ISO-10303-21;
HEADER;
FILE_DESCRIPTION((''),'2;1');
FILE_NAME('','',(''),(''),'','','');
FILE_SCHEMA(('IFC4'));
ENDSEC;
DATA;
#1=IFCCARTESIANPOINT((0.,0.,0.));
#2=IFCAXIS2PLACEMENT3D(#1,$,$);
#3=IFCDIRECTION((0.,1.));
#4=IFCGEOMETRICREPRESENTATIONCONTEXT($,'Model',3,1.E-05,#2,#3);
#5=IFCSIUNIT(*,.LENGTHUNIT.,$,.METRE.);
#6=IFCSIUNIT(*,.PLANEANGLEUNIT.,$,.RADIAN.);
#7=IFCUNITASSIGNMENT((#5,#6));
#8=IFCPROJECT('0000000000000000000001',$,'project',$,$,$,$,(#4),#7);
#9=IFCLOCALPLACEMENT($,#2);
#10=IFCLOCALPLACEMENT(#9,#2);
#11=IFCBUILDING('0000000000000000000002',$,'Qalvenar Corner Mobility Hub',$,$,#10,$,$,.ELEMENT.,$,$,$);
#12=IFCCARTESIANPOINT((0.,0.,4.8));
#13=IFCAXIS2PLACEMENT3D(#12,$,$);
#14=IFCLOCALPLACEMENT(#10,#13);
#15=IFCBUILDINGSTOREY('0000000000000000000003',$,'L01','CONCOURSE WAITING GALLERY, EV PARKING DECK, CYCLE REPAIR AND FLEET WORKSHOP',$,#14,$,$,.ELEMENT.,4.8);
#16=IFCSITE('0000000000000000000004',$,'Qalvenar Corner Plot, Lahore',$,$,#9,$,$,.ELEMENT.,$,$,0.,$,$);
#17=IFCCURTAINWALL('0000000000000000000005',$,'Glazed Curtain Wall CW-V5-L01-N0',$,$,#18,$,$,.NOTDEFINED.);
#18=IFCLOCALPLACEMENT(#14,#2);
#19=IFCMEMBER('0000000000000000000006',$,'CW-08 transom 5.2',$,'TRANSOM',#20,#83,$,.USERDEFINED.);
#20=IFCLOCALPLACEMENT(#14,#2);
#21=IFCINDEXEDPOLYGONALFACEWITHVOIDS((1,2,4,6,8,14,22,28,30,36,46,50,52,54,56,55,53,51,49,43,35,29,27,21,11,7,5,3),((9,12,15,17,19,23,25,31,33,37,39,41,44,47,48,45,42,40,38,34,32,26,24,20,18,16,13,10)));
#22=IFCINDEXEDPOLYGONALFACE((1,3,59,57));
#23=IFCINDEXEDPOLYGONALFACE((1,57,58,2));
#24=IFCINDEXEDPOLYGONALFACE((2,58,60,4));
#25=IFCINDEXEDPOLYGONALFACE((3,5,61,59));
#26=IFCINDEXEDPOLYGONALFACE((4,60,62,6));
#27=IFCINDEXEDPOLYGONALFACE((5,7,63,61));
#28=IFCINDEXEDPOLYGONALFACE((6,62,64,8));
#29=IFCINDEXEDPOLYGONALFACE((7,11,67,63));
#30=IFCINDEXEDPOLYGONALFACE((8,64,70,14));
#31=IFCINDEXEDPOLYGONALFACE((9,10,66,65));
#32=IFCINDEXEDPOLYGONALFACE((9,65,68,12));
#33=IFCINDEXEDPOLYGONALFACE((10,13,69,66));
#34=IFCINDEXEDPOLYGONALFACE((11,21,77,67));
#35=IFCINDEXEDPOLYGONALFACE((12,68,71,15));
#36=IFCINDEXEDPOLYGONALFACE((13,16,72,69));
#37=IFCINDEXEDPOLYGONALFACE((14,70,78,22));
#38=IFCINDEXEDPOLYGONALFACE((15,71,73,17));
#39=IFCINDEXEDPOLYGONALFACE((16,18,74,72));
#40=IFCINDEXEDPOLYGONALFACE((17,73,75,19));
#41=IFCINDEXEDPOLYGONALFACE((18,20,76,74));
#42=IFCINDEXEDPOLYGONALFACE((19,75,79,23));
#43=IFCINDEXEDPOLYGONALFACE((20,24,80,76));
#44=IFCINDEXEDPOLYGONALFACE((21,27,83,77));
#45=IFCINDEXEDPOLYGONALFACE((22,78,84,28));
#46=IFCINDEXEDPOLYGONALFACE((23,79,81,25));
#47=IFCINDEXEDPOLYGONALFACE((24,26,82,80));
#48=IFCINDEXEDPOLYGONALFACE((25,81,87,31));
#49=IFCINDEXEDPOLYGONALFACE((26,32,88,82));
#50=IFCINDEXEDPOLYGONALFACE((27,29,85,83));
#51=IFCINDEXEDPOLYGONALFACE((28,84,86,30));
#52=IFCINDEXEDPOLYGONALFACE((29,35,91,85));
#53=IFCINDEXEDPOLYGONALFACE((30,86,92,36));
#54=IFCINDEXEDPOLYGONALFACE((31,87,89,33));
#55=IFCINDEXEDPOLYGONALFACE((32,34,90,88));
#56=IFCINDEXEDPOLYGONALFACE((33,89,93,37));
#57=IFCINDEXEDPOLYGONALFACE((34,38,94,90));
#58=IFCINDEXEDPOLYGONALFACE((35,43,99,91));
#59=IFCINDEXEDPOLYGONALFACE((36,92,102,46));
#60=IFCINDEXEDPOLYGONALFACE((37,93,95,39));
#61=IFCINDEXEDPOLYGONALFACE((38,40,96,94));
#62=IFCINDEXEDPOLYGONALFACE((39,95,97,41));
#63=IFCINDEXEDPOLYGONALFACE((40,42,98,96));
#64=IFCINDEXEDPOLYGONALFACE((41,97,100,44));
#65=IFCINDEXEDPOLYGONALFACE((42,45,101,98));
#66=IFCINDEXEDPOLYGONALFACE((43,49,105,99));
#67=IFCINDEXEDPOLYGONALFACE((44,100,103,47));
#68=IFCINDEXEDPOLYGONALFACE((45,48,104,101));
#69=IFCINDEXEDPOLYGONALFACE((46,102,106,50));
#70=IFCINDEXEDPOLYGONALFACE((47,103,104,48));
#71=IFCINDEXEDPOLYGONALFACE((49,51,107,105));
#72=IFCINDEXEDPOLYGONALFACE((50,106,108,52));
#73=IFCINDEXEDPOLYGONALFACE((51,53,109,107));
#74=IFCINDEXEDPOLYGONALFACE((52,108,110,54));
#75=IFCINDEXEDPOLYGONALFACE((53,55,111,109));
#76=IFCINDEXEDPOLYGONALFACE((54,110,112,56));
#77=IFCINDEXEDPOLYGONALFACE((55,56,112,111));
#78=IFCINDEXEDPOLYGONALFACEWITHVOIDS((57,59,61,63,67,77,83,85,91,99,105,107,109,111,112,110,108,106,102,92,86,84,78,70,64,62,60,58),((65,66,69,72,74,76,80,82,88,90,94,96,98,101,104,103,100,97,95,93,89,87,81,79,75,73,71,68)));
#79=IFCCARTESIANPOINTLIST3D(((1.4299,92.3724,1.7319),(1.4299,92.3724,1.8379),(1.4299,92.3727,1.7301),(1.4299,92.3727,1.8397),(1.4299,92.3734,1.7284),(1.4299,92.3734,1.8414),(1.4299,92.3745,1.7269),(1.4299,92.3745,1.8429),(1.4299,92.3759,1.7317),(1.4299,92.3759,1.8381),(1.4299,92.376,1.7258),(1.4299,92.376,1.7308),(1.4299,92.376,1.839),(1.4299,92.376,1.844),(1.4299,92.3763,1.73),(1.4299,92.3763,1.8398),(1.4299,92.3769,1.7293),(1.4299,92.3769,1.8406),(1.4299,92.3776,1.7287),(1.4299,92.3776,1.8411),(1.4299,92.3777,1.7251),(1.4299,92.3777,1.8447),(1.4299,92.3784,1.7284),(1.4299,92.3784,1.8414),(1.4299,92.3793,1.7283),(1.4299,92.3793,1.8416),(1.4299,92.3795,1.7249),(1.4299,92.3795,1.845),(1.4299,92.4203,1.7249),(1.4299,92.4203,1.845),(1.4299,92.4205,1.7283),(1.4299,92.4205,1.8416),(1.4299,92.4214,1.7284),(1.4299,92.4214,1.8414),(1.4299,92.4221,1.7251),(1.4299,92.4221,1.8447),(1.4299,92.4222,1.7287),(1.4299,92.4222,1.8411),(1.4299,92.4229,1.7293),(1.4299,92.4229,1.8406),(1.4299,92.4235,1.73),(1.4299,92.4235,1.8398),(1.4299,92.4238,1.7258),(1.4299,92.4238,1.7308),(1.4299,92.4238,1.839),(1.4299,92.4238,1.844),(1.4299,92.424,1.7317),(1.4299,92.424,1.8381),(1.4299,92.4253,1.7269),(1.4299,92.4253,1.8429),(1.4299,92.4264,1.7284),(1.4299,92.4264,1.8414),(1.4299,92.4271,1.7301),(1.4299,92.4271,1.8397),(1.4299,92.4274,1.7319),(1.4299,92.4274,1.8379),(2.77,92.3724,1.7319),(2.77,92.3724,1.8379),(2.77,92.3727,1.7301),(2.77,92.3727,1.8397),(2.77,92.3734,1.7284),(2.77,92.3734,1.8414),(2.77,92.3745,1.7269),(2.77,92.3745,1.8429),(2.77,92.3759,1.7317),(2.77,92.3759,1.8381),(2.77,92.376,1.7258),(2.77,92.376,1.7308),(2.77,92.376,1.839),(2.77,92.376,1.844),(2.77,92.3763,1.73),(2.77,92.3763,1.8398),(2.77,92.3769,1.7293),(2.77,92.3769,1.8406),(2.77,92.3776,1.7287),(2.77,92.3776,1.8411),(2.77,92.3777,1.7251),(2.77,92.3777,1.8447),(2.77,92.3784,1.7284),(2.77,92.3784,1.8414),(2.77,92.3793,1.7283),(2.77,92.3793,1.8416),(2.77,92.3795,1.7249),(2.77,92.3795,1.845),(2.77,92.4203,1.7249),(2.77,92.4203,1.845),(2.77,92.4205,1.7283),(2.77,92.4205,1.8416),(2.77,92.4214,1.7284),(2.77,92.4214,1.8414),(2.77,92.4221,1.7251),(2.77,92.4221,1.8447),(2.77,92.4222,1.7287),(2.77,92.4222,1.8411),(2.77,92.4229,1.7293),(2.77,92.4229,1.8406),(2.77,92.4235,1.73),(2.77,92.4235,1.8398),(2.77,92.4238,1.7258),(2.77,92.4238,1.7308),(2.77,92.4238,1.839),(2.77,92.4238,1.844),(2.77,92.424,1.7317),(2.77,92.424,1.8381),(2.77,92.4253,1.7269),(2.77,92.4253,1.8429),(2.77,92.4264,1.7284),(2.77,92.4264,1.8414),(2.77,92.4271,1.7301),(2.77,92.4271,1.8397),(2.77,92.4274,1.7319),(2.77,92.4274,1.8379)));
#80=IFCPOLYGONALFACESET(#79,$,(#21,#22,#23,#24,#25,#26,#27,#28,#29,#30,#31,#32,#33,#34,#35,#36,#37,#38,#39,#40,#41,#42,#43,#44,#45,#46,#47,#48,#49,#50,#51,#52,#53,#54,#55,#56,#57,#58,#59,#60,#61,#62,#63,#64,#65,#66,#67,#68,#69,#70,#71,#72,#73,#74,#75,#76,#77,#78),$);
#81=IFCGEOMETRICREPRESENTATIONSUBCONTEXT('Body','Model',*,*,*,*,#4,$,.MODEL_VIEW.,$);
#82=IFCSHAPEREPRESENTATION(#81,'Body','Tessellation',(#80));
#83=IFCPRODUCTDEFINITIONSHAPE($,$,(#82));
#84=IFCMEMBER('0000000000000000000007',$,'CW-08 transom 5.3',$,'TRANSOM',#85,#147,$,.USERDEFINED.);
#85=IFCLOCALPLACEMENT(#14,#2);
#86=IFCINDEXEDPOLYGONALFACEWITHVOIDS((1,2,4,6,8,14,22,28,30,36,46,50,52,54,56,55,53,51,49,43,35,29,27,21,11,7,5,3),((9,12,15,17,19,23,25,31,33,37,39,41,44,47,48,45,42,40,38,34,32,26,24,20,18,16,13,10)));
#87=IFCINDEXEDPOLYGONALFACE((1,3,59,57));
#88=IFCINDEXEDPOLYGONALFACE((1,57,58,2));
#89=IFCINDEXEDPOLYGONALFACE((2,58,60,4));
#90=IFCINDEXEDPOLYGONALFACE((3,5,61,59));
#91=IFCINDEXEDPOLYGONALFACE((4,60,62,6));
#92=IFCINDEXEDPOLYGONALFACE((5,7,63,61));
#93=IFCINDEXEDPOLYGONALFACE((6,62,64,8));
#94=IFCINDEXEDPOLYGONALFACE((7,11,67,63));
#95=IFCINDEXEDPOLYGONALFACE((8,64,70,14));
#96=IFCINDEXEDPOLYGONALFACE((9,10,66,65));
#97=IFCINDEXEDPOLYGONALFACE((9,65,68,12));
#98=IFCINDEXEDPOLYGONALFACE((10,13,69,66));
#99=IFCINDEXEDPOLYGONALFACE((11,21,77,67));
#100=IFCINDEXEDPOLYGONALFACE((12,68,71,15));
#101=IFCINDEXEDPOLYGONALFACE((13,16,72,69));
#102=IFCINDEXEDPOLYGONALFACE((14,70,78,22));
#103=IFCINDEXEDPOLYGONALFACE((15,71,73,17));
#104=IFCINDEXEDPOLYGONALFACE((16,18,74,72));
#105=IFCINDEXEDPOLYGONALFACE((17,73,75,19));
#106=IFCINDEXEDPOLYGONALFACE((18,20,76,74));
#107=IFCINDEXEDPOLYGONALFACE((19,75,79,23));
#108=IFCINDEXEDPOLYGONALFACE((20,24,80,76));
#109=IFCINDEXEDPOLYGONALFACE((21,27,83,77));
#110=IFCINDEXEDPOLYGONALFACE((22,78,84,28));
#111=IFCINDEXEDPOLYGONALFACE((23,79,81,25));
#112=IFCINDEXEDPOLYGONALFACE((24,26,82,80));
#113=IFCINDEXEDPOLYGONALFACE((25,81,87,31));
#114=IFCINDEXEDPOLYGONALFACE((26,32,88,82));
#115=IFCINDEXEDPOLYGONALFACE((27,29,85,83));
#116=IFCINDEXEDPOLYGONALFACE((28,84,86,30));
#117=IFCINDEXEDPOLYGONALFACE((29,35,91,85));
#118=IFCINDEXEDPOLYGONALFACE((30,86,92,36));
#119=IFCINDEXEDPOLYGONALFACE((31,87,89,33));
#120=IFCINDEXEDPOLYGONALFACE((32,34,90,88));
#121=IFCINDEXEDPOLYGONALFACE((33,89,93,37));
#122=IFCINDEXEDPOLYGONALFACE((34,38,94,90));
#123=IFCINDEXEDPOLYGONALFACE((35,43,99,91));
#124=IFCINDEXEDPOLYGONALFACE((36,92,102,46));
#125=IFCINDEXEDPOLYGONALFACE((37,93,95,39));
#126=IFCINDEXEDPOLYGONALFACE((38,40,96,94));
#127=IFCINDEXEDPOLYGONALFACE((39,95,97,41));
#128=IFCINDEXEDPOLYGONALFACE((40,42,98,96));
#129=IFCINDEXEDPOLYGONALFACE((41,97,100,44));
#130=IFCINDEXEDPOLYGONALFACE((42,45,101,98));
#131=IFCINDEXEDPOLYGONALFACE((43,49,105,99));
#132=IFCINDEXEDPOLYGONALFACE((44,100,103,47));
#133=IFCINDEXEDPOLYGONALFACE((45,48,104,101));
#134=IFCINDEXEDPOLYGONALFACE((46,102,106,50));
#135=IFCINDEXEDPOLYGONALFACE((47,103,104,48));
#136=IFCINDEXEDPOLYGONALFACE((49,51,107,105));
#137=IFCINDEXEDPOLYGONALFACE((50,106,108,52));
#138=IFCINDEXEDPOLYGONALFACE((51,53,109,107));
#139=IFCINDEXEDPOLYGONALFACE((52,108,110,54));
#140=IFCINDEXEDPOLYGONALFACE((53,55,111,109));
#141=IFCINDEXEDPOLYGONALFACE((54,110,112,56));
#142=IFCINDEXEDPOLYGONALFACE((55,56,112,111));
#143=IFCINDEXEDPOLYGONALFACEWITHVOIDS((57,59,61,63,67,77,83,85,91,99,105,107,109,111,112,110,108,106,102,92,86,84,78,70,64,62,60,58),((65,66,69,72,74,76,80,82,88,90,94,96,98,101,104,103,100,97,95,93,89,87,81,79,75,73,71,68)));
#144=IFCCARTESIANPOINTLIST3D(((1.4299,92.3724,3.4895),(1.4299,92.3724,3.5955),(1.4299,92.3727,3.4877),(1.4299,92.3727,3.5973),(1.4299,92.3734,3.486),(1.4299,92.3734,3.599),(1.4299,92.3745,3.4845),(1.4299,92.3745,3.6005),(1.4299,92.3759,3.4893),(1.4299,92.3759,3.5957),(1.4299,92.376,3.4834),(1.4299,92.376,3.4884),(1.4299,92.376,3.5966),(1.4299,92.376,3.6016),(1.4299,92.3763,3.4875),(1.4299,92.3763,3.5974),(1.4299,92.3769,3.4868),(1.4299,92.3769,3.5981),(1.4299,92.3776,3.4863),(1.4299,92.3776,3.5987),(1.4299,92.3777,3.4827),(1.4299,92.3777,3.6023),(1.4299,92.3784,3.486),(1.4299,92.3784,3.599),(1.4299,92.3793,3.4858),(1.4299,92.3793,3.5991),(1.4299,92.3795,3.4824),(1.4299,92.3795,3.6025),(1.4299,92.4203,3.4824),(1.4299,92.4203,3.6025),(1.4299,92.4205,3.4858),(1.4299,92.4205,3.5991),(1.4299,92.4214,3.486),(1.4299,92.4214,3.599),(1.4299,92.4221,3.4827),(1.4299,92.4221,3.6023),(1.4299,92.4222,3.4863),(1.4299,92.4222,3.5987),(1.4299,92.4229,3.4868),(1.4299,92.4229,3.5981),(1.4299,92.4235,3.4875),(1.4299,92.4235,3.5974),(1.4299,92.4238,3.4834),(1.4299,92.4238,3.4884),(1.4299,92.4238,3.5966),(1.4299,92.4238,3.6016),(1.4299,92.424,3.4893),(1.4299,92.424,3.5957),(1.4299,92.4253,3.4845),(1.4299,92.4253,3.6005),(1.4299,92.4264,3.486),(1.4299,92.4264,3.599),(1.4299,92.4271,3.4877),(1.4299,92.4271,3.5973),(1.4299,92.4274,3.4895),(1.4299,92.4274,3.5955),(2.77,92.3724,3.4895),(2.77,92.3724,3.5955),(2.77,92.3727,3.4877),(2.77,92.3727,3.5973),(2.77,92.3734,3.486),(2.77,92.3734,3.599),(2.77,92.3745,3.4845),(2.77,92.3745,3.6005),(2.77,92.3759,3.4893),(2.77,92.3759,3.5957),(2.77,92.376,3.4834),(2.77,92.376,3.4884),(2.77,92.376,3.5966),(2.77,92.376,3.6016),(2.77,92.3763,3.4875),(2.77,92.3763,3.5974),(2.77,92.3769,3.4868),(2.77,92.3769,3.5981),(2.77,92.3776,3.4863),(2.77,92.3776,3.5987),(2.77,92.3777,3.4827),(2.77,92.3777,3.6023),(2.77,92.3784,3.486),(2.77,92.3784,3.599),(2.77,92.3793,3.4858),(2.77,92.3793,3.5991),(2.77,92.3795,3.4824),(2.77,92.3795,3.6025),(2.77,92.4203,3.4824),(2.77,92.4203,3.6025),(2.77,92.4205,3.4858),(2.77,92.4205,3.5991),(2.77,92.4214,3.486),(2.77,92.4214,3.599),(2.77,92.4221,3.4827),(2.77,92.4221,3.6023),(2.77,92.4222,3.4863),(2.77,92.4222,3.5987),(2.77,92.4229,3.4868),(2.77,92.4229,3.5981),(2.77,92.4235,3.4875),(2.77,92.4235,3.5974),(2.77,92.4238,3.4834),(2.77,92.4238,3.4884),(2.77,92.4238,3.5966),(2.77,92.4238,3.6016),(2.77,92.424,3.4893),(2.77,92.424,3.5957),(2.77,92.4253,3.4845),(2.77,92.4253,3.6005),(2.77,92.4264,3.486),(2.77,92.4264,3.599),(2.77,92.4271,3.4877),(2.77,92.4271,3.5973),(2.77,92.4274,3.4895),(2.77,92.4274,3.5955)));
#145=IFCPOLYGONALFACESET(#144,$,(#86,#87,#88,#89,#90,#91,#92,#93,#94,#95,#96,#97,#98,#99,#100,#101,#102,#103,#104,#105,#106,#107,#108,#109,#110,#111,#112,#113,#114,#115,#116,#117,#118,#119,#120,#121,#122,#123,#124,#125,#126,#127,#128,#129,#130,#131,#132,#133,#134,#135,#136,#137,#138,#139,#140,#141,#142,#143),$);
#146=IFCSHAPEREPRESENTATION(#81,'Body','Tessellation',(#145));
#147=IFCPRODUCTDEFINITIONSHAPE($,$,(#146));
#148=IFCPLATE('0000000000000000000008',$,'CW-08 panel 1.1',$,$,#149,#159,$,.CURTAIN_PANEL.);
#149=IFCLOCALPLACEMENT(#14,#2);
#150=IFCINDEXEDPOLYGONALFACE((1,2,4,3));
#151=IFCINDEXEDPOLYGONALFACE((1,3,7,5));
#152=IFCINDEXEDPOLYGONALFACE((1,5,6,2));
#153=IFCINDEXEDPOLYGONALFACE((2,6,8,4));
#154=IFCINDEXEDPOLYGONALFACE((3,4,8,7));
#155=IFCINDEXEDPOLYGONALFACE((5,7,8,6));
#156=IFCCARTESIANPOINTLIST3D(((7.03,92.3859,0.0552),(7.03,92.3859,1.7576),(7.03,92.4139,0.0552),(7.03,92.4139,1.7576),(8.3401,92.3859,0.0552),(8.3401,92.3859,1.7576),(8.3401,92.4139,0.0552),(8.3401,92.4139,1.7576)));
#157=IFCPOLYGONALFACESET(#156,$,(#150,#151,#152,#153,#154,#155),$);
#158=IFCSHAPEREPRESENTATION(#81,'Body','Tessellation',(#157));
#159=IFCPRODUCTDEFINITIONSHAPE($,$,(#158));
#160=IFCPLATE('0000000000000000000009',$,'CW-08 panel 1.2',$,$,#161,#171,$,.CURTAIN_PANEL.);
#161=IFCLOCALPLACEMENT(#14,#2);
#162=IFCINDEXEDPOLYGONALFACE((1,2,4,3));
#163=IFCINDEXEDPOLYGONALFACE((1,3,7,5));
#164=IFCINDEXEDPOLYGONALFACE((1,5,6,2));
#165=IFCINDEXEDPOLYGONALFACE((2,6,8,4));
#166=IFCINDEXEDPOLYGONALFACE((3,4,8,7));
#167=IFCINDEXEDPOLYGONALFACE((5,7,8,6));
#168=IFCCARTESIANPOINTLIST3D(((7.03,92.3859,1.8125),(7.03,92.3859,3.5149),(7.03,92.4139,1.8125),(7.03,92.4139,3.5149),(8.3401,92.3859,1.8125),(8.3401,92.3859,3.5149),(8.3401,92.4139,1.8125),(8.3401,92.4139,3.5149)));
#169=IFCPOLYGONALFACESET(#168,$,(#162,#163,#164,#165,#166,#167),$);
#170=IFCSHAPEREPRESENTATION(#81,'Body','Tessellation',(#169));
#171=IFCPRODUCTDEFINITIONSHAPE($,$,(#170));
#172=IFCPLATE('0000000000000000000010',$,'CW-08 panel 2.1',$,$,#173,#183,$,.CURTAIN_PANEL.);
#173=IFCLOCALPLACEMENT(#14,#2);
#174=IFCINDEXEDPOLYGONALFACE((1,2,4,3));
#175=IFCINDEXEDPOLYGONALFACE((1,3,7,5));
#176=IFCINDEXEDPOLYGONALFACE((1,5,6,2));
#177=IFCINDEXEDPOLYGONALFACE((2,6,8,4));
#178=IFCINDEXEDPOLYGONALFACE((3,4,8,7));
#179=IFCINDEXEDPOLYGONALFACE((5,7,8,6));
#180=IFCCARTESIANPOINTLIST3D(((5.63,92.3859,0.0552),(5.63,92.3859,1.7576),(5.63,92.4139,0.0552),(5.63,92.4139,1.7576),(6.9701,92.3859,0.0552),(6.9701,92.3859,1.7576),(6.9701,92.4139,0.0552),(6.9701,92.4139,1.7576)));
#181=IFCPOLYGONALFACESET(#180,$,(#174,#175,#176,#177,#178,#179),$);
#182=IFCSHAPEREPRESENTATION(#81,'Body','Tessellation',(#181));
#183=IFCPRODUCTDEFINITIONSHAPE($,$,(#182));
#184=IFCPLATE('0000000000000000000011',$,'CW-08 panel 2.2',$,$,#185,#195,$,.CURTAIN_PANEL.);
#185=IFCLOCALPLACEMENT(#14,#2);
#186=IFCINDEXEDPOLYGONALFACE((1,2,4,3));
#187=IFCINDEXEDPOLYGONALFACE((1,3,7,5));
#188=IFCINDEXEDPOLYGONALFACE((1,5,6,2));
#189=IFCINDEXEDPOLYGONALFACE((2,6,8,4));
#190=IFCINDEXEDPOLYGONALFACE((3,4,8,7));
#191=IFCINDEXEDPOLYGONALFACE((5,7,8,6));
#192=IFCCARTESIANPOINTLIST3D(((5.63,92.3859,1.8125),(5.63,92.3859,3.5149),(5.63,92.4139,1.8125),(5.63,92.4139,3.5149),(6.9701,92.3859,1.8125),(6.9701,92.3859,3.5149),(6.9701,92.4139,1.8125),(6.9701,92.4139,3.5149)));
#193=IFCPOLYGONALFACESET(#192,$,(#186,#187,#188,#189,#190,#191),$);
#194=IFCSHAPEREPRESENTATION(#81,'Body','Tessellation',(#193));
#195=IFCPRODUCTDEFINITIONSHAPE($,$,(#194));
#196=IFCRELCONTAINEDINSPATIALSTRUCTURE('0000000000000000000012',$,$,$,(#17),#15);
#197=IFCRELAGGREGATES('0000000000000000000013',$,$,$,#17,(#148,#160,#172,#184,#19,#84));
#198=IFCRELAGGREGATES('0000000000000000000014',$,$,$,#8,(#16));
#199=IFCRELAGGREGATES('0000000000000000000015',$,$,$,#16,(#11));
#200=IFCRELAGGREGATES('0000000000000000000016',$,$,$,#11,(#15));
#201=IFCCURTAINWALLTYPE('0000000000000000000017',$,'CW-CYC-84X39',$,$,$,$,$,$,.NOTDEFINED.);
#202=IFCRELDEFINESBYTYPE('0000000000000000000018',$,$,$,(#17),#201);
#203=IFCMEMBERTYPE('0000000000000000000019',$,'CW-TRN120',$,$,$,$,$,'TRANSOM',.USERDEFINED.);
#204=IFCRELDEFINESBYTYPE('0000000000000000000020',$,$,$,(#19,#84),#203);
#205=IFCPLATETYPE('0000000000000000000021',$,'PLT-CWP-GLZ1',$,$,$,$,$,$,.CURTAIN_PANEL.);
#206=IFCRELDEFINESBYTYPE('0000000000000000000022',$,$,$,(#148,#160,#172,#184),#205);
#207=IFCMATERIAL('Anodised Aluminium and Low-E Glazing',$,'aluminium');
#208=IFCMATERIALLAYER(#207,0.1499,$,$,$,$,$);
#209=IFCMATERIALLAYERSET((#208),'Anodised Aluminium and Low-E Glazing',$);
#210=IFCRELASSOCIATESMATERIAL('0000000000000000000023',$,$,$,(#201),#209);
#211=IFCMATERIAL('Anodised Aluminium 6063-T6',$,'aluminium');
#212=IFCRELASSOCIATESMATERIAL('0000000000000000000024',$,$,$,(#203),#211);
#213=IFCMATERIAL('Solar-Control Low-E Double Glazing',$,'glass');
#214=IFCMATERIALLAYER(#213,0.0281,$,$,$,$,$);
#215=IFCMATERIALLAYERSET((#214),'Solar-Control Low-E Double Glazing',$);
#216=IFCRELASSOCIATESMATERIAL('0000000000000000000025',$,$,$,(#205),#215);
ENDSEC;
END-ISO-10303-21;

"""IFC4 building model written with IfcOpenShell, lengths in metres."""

from ifc_helpers import new_model, si_unit, direction, frame, origin, origin_2d, place, context, subcontext, project, spatial, rectangle, hollow_rectangle, extrude, material, layer, layer_set, material_profile, profile_set, type_object, element, aggregate, save


model = new_model("IFC4")

# Units and contexts
model_context = context("Model", 3, precision=1e-05, world=origin(), true_north=direction((0.0, 1.0)))
body_context = subcontext(model_context, "Body", "Model", "MODEL_VIEW")
ifc_project = project(units=[si_unit("LENGTHUNIT", "METRE"), si_unit("PLANEANGLEUNIT", "RADIAN")], contexts=[model_context])

# Site, building, storey
site_placement = place(None, origin())
site = spatial("IfcSite", under=ifc_project, at=site_placement, Name="Qalvenar Corner Plot, Lahore", CompositionType="ELEMENT", RefElevation=0.0)
building_placement = place(site_placement, origin())
building = spatial("IfcBuilding", under=site, at=building_placement, Name="Qalvenar Corner Mobility Hub", CompositionType="ELEMENT")
storey_placement = place(building_placement, frame((0.0, 0.0, 4.8)))
storey = spatial("IfcBuildingStorey", under=building, at=storey_placement, Name="L01", Description="CONCOURSE WAITING GALLERY, EV PARKING DECK, CYCLE REPAIR AND FLEET WORKSHOP", CompositionType="ELEMENT", Elevation=4.8)

# Curtain wall, members, plates
ifc_material_1 = material(Name="Anodised Aluminium and Low-E Glazing", Category="aluminium")
ifc_layer_1 = layer(ifc_material_1, 0.1499)
ifc_layer_set_1 = layer_set([ifc_layer_1], Name="Anodised Aluminium and Low-E Glazing")
curtain_wall_type = type_object("IfcCurtainWallType", Name="CW-CYC-84X39", PredefinedType="NOTDEFINED", material=ifc_layer_set_1)
curtain_wall_placement = place(storey_placement, origin())
curtain_wall = element("IfcCurtainWall", 1, at=curtain_wall_placement, inside=storey, type_object=curtain_wall_type, Name="Glazed Curtain Wall CW-V5-L01-N0", PredefinedType="NOTDEFINED")
ifc_material_2 = material(Name="Anodised Aluminium 6063-T6", Category="aluminium")
ifc_material_profile_1 = material_profile(ifc_material_2, hollow_rectangle(XDim=0.0549, YDim=0.1201, WallThickness=0.0034, InnerFilletRadius=0.0034, OuterFilletRadius=0.0071, at=origin_2d()), Name="RHS120x55x3.5")
ifc_profile_set_1 = profile_set([ifc_material_profile_1], Name="Anodised Aluminium 6063-T6")
member_type_1 = type_object("IfcMemberType", Name="CW-TRN120", ElementType="TRANSOM", PredefinedType="USERDEFINED", material=ifc_profile_set_1)
member_1_placement = place(storey_placement, frame((2.77, 92.3999, 1.7849), z_axis=(-1.0, 0.0, 0.0), x_axis=(0.0, -1.0, 0.0)))
member_1 = element("IfcMember", 2, at=member_1_placement, type_object=member_type_1, Name="CW-08 transom 5.2", ObjectType="TRANSOM", PredefinedType="USERDEFINED", context=body_context, shape_type="SweptSolid", body=[
    extrude(hollow_rectangle(XDim=0.0549, YDim=0.1201, WallThickness=0.0034, InnerFilletRadius=0.0034, OuterFilletRadius=0.0071, at=origin_2d()), origin(), (0.0, 0.0, 1.0), 1.3401),
])
member_2_placement = place(storey_placement, frame((2.77, 92.3999, 3.5425), z_axis=(-1.0, 0.0, 0.0), x_axis=(0.0, -1.0, 0.0)))
member_2 = element("IfcMember", 3, at=member_2_placement, type_object=member_type_1, Name="CW-08 transom 5.3", ObjectType="TRANSOM", PredefinedType="USERDEFINED", context=body_context, shape_type="SweptSolid", body=[
    extrude(hollow_rectangle(XDim=0.0549, YDim=0.1201, WallThickness=0.0034, InnerFilletRadius=0.0034, OuterFilletRadius=0.0071, at=origin_2d()), origin(), (0.0, 0.0, 1.0), 1.3401),
])
ifc_material_3 = material(Name="Solar-Control Low-E Double Glazing", Category="glass")
ifc_layer_2 = layer(ifc_material_3, 0.0281)
ifc_layer_set_2 = layer_set([ifc_layer_2], Name="Solar-Control Low-E Double Glazing")
plate_type = type_object("IfcPlateType", Name="PLT-CWP-GLZ1", PredefinedType="CURTAIN_PANEL", material=ifc_layer_set_2)
plate_1_placement = place(storey_placement, frame((7.6851, 92.3999, 0.0552), z_axis=(0.0, 0.0, 1.0), x_axis=(-1.0, 0.0, 0.0)))
plate_1 = element("IfcPlate", 4, at=plate_1_placement, type_object=plate_type, Name="CW-08 panel 1.1", PredefinedType="CURTAIN_PANEL", context=body_context, shape_type="SweptSolid", body=[
    extrude(rectangle(XDim=1.3101, YDim=0.0281, at=origin_2d()), origin(), (0.0, 0.0, 1.0), 1.7024),
])
plate_2_placement = place(storey_placement, frame((7.6851, 92.3999, 1.8125), z_axis=(0.0, 0.0, 1.0), x_axis=(-1.0, 0.0, 0.0)))
plate_2 = element("IfcPlate", 5, at=plate_2_placement, type_object=plate_type, Name="CW-08 panel 1.2", PredefinedType="CURTAIN_PANEL", context=body_context, shape_type="SweptSolid", body=[
    extrude(rectangle(XDim=1.3101, YDim=0.0281, at=origin_2d()), origin(), (0.0, 0.0, 1.0), 1.7024),
])
plate_3_placement = place(storey_placement, frame((6.3, 92.3999, 0.0552), z_axis=(0.0, 0.0, 1.0), x_axis=(-1.0, 0.0, 0.0)))
plate_3 = element("IfcPlate", 6, at=plate_3_placement, type_object=plate_type, Name="CW-08 panel 2.1", PredefinedType="CURTAIN_PANEL", context=body_context, shape_type="SweptSolid", body=[
    extrude(rectangle(XDim=1.3401, YDim=0.0281, at=origin_2d()), origin(), (0.0, 0.0, 1.0), 1.7024),
])
plate_4_placement = place(storey_placement, frame((6.3, 92.3999, 1.8125), z_axis=(0.0, 0.0, 1.0), x_axis=(-1.0, 0.0, 0.0)))
plate_4 = element("IfcPlate", 7, at=plate_4_placement, type_object=plate_type, Name="CW-08 panel 2.2", PredefinedType="CURTAIN_PANEL", context=body_context, shape_type="SweptSolid", body=[
    extrude(rectangle(XDim=1.3401, YDim=0.0281, at=origin_2d()), origin(), (0.0, 0.0, 1.0), 1.7024),
])
aggregate(curtain_wall, [plate_1, plate_2, plate_3, plate_4, member_1, member_2])

save(model, "model.ifc")
